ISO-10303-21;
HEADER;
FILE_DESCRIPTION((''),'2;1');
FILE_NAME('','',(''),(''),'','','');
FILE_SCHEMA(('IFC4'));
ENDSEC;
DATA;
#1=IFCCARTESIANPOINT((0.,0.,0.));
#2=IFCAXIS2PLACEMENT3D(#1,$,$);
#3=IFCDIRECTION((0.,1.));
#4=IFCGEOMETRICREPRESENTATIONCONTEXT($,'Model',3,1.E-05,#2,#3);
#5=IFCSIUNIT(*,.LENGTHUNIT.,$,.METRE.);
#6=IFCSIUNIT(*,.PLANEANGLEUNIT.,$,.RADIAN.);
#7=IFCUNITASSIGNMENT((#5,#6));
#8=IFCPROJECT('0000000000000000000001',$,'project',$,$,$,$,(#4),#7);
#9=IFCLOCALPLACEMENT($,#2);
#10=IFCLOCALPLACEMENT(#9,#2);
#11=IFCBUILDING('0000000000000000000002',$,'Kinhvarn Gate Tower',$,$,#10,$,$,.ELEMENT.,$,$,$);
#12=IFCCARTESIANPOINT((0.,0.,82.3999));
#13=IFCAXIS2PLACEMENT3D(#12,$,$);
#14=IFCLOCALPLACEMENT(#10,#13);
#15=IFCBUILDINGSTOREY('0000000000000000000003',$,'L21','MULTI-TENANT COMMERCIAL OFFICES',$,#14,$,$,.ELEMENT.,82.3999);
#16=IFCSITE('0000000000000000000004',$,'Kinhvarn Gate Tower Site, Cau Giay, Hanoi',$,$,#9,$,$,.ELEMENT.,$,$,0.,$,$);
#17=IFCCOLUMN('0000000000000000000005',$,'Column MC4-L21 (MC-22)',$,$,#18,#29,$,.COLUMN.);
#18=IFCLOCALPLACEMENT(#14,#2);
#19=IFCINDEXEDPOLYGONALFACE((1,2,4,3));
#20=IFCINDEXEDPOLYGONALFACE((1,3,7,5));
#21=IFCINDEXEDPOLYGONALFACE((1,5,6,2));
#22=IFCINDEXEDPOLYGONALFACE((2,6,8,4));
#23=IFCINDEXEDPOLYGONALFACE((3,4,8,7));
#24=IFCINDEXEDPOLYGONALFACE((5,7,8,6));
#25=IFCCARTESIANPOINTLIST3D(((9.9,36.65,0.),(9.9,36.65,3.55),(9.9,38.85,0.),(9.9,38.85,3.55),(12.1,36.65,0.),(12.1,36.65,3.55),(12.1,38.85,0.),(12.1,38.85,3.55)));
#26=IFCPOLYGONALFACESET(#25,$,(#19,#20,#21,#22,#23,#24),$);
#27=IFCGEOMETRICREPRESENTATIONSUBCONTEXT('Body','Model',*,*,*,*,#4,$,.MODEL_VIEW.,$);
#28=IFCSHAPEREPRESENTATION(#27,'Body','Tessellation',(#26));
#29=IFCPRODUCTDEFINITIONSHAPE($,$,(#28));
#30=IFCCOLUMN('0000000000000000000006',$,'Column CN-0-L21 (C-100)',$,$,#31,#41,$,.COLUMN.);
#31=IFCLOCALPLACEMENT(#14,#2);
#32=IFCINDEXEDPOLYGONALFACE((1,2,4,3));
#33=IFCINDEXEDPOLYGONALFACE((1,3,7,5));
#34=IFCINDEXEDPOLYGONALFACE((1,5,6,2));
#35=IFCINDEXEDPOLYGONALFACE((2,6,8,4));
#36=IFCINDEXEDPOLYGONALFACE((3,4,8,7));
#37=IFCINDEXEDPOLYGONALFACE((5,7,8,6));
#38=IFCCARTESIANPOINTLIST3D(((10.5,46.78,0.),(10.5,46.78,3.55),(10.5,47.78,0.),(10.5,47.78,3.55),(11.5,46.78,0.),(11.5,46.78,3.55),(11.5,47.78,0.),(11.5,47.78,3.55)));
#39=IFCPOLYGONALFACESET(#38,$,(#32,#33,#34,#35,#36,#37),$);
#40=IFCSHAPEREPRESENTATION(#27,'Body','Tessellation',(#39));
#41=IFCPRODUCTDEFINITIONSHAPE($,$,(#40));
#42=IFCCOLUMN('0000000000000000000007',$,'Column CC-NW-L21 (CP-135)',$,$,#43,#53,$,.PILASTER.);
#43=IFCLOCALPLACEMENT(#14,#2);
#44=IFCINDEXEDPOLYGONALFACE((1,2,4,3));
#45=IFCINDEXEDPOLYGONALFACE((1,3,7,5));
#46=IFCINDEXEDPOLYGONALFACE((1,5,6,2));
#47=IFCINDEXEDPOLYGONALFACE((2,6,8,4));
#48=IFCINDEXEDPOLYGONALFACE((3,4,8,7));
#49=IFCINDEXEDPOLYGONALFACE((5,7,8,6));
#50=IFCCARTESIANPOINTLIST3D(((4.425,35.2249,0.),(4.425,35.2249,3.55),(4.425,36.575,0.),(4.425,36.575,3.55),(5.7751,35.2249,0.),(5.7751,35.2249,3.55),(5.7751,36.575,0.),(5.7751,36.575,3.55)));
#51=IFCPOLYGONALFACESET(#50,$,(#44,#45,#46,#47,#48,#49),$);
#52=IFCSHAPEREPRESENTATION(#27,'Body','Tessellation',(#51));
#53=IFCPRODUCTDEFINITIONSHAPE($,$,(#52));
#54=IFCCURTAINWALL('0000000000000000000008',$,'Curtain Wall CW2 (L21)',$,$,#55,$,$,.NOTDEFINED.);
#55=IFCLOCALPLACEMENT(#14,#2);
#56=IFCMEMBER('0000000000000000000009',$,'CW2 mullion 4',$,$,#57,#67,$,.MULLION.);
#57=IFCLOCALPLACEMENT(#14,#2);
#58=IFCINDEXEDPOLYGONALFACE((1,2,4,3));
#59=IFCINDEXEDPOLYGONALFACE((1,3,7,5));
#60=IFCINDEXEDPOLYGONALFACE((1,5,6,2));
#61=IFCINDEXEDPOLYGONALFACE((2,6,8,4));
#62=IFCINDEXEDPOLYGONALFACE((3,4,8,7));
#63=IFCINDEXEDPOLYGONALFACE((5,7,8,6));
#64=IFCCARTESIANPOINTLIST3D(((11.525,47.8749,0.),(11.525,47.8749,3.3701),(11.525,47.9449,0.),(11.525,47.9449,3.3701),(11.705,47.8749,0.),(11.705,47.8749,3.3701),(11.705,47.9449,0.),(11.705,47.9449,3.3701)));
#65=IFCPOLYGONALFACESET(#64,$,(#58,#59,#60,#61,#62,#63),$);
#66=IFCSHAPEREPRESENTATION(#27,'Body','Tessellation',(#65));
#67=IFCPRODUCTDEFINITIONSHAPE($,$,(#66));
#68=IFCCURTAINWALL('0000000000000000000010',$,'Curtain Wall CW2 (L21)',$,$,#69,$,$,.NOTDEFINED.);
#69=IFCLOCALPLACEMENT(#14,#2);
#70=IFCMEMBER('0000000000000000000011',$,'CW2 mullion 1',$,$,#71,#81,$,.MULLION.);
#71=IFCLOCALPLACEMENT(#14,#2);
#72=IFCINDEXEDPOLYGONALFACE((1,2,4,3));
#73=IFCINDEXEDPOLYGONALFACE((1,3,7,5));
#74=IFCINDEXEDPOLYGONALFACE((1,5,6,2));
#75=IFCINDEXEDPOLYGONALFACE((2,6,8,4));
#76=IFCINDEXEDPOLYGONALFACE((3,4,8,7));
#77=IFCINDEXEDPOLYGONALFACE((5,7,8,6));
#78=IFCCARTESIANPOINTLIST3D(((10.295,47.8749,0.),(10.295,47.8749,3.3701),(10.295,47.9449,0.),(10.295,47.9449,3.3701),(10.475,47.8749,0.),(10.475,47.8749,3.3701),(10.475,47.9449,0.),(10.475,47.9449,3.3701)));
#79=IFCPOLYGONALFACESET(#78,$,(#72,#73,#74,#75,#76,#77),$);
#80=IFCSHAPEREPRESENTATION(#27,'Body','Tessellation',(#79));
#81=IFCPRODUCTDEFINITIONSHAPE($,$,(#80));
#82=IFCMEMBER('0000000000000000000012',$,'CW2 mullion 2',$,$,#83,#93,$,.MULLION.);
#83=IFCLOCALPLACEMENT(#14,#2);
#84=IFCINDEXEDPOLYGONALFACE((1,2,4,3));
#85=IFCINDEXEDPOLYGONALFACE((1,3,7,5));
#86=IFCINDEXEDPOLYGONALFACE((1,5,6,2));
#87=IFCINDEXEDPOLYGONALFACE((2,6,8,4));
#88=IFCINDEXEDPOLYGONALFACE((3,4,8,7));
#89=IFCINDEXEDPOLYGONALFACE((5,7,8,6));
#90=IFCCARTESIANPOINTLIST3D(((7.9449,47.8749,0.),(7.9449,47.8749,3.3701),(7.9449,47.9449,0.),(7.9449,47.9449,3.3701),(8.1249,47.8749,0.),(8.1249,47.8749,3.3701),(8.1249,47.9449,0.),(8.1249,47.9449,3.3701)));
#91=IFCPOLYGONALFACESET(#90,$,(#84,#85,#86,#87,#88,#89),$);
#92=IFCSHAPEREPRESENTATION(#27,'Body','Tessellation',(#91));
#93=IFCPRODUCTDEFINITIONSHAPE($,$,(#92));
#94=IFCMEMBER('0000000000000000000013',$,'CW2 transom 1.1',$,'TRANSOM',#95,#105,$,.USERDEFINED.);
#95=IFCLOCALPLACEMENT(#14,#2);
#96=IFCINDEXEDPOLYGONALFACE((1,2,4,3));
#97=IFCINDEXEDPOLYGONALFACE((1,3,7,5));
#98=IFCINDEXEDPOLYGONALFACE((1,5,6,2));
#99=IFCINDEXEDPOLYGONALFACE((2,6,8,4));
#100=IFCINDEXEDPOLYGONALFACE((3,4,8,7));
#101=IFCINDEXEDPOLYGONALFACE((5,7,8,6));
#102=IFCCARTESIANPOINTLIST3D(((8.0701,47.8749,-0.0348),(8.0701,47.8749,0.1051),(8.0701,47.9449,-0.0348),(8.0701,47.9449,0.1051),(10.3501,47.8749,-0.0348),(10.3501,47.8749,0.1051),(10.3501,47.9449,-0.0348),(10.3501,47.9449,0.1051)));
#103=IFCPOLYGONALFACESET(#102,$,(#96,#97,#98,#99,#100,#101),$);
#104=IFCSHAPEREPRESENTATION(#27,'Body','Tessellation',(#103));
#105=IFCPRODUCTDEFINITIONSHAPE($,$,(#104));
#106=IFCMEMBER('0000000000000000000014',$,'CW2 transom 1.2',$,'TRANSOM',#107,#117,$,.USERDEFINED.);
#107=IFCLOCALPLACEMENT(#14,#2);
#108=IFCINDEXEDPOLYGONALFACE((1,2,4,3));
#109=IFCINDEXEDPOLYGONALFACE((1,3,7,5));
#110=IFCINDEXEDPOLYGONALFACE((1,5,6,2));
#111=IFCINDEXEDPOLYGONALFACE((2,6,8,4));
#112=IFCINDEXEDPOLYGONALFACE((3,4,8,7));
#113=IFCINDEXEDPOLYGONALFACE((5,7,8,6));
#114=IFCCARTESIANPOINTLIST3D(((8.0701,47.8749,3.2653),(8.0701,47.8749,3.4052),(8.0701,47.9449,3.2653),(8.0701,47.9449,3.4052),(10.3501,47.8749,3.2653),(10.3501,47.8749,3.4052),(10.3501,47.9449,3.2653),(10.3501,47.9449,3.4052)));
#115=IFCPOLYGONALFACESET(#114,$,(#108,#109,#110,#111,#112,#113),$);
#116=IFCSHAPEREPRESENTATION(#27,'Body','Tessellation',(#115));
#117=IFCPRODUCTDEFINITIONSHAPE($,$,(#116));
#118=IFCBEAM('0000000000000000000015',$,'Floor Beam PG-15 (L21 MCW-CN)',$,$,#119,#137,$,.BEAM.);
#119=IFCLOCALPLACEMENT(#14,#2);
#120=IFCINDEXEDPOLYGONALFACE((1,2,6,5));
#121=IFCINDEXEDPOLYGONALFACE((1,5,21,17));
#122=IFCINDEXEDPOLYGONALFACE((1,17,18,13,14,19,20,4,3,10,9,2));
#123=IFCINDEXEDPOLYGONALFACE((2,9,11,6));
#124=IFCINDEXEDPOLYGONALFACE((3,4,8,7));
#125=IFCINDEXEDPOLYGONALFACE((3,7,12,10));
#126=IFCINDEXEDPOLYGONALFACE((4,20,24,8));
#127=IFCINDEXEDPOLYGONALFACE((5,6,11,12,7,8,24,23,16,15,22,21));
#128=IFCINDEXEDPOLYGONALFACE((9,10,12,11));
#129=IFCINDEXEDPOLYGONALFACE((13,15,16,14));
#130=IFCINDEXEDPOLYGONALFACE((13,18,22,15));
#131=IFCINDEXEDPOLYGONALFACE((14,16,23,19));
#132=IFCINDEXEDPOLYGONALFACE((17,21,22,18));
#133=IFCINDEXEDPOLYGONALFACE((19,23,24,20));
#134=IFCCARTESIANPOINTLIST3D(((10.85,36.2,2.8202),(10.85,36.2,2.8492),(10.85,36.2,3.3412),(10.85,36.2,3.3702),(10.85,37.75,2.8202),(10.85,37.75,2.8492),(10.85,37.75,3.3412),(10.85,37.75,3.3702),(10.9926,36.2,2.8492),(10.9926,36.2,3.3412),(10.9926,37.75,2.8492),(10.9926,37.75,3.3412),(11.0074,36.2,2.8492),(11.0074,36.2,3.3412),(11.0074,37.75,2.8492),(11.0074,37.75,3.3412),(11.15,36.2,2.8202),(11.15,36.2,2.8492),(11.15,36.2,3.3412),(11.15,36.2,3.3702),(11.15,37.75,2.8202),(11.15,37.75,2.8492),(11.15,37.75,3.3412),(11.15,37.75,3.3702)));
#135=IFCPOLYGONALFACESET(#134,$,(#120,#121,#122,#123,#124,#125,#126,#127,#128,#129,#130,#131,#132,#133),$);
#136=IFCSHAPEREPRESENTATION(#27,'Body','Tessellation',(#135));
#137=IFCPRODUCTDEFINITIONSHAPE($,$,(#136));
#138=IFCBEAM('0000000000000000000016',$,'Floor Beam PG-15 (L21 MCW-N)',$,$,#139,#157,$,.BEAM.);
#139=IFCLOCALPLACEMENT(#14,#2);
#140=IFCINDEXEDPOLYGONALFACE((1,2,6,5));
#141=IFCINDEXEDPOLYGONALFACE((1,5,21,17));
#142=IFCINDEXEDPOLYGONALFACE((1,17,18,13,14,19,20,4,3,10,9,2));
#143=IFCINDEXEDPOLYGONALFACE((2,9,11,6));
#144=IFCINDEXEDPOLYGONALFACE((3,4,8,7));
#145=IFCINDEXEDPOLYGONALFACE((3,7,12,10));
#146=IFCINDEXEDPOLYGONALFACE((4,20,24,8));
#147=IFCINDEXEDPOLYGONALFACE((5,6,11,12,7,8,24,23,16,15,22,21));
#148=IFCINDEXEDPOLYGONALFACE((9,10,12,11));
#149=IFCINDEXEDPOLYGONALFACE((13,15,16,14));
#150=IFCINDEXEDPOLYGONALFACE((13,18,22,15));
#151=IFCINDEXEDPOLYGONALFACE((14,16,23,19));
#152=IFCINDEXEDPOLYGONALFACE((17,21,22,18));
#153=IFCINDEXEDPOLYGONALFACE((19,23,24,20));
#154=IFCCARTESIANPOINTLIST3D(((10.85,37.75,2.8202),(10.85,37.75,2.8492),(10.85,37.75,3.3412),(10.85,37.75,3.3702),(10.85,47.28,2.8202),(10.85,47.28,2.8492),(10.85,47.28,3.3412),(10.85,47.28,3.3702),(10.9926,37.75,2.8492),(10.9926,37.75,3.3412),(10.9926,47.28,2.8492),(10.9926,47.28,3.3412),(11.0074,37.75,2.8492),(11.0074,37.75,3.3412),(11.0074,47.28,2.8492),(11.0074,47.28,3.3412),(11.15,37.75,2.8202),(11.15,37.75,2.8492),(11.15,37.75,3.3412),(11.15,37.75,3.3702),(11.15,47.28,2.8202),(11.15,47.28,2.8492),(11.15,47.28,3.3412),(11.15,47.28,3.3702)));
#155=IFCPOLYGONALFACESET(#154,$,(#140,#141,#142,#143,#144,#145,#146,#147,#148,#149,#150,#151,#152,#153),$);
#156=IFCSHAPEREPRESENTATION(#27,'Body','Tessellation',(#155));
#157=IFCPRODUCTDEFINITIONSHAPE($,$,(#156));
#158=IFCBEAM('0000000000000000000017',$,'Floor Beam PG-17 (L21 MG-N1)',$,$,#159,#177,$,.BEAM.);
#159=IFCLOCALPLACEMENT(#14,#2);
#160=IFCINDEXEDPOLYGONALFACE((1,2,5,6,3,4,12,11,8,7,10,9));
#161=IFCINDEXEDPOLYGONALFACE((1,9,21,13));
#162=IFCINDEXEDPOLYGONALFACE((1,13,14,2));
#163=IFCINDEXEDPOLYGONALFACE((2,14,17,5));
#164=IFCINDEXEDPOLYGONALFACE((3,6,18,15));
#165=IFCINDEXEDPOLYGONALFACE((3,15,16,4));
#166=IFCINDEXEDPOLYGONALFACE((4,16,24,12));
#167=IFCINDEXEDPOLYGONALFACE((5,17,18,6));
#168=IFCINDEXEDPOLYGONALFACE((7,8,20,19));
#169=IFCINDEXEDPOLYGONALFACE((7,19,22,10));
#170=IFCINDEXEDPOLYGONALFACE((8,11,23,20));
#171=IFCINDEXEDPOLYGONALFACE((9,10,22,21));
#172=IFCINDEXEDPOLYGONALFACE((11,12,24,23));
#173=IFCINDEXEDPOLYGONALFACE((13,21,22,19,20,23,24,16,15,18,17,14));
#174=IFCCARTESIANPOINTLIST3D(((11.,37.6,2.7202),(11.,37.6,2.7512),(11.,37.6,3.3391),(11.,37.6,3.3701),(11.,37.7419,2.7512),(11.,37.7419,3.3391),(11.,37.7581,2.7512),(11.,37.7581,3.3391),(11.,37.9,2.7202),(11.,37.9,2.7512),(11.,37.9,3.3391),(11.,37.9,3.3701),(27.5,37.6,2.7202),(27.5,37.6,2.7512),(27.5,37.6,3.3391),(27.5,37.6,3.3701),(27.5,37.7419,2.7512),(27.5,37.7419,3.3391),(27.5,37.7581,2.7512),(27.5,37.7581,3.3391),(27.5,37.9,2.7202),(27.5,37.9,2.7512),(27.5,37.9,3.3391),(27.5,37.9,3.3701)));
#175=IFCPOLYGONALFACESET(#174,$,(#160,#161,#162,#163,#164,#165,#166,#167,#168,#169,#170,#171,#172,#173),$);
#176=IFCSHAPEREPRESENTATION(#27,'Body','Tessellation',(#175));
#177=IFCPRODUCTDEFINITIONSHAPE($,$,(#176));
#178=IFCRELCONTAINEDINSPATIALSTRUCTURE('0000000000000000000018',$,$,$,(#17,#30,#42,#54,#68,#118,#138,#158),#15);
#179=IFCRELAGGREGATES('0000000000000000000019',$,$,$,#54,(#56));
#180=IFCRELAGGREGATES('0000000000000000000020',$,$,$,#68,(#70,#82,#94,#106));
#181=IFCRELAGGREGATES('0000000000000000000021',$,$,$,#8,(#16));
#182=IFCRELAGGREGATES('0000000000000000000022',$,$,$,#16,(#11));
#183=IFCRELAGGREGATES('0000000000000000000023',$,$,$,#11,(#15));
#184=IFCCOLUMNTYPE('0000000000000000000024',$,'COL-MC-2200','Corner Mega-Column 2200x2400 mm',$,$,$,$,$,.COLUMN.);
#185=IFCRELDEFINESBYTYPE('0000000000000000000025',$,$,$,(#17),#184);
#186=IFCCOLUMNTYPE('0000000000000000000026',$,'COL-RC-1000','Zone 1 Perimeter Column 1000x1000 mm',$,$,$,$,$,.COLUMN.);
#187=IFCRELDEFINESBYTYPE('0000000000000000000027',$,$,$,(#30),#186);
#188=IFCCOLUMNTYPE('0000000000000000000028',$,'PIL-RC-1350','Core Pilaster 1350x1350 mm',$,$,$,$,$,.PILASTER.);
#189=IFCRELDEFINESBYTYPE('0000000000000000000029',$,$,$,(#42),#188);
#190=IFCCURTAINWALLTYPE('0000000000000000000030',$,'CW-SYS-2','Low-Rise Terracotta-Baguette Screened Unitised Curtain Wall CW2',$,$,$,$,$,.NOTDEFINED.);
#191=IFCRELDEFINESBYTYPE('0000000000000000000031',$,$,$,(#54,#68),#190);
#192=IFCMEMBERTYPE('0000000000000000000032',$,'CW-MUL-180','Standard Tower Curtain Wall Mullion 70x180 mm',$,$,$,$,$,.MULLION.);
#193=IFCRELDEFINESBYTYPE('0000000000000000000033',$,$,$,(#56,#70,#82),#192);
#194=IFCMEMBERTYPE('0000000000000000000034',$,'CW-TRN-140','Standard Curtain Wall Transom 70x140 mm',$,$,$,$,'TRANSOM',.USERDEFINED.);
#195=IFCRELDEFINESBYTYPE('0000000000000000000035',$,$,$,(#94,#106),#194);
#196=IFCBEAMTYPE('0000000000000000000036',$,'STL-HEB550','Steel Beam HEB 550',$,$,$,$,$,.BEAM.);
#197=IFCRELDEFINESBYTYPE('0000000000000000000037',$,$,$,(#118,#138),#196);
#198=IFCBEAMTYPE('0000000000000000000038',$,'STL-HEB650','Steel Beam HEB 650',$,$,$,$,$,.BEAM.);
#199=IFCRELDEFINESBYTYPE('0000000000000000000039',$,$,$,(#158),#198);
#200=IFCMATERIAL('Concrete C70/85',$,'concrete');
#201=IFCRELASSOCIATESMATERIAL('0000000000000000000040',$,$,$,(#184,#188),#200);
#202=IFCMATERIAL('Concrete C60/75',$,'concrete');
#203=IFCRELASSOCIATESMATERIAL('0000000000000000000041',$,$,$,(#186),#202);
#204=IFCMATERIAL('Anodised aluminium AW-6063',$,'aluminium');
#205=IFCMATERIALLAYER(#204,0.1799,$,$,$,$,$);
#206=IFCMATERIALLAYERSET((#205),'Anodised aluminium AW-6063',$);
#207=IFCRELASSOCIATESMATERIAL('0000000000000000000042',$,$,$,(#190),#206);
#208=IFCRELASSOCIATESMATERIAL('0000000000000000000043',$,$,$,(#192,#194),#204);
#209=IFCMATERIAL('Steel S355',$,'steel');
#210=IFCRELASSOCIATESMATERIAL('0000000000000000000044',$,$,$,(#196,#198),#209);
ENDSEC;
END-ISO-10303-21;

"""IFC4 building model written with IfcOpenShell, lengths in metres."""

from ifc_helpers import new_model, si_unit, direction, frame, origin, origin_2d, place, context, subcontext, project, spatial, rectangle, i_section, extrude, material, layer, layer_set, material_profile, profile_set, type_object, element, aggregate, save


model = new_model("IFC4")

# Units and contexts
model_context = context("Model", 3, precision=1e-05, world=origin(), true_north=direction((0.0, 1.0)))
body_context = subcontext(model_context, "Body", "Model", "MODEL_VIEW")
ifc_project = project(units=[si_unit("LENGTHUNIT", "METRE"), si_unit("PLANEANGLEUNIT", "RADIAN")], contexts=[model_context])

# Site, building, storey
site_placement = place(None, origin())
site = spatial("IfcSite", under=ifc_project, at=site_placement, Name="Kinhvarn Gate Tower Site, Cau Giay, Hanoi", CompositionType="ELEMENT", RefElevation=0.0)
building_placement = place(site_placement, origin())
building = spatial("IfcBuilding", under=site, at=building_placement, Name="Kinhvarn Gate Tower", CompositionType="ELEMENT")
storey_placement = place(building_placement, frame((0.0, 0.0, 82.3999)))
storey = spatial("IfcBuildingStorey", under=building, at=storey_placement, Name="L21", Description="MULTI-TENANT COMMERCIAL OFFICES", CompositionType="ELEMENT", Elevation=82.3999)

# Columns
ifc_material_1 = material(Name="Concrete C70/85", Category="concrete")
ifc_material_profile_1 = material_profile(ifc_material_1, rectangle(XDim=2.2, YDim=2.2, at=origin_2d()), Name="RC 2200x2200")
ifc_profile_set_1 = profile_set([ifc_material_profile_1], Name="Concrete C70/85")
column_type_1 = type_object("IfcColumnType", Name="COL-MC-2200", Description="Corner Mega-Column 2200x2400 mm", PredefinedType="COLUMN", material=ifc_profile_set_1)
column_1_placement = place(storey_placement, frame((11.0, 37.75, 0.0), z_axis=(0.0, 0.0, 1.0), x_axis=(1.0, 0.0, 0.0)))
element("IfcColumn", 1, at=column_1_placement, inside=storey, type_object=column_type_1, Name="Column MC4-L21 (MC-22)", PredefinedType="COLUMN", context=body_context, shape_type="SweptSolid", body=[
    extrude(rectangle(XDim=2.2, YDim=2.2, at=origin_2d()), origin(), (0.0, 0.0, 1.0), 3.55),
])
ifc_material_2 = material(Name="Concrete C60/75", Category="concrete")
ifc_material_profile_2 = material_profile(ifc_material_2, rectangle(XDim=1.0, YDim=1.0, at=origin_2d()), Name="RC 1000x1000")
ifc_profile_set_2 = profile_set([ifc_material_profile_2], Name="Concrete C60/75")
column_type_2 = type_object("IfcColumnType", Name="COL-RC-1000", Description="Zone 1 Perimeter Column 1000x1000 mm", PredefinedType="COLUMN", material=ifc_profile_set_2)
column_2_placement = place(storey_placement, frame((11.0, 47.28, 0.0), z_axis=(0.0, 0.0, 1.0), x_axis=(1.0, 0.0, 0.0)))
element("IfcColumn", 2, at=column_2_placement, inside=storey, type_object=column_type_2, Name="Column CN-0-L21 (C-100)", PredefinedType="COLUMN", context=body_context, shape_type="SweptSolid", body=[
    extrude(rectangle(XDim=1.0, YDim=1.0, at=origin_2d()), origin(), (0.0, 0.0, 1.0), 3.55),
])
ifc_material_profile_3 = material_profile(ifc_material_1, rectangle(XDim=1.3501, YDim=1.3501, at=origin_2d()), Name="RC 1350x1350")
ifc_profile_set_3 = profile_set([ifc_material_profile_3], Name="Concrete C70/85")
column_type_3 = type_object("IfcColumnType", Name="PIL-RC-1350", Description="Core Pilaster 1350x1350 mm", PredefinedType="PILASTER", material=ifc_profile_set_3)
column_3_placement = place(storey_placement, frame((5.1001, 35.8999, 0.0), z_axis=(0.0, 0.0, 1.0), x_axis=(1.0, 0.0, 0.0)))
element("IfcColumn", 3, at=column_3_placement, inside=storey, type_object=column_type_3, Name="Column CC-NW-L21 (CP-135)", PredefinedType="PILASTER", context=body_context, shape_type="SweptSolid", body=[
    extrude(rectangle(XDim=1.3501, YDim=1.3501, at=origin_2d()), origin(), (0.0, 0.0, 1.0), 3.55),
])

# Curtain wall, member
ifc_material_3 = material(Name="Anodised aluminium AW-6063", Category="aluminium")
ifc_layer_1 = layer(ifc_material_3, 0.1799)
ifc_layer_set_1 = layer_set([ifc_layer_1], Name="Anodised aluminium AW-6063")
curtain_wall_type = type_object("IfcCurtainWallType", Name="CW-SYS-2", Description="Low-Rise Terracotta-Baguette Screened Unitised Curtain Wall CW2", PredefinedType="NOTDEFINED", material=ifc_layer_set_1)
curtain_wall_1_placement = place(storey_placement, origin())
curtain_wall_1 = element("IfcCurtainWall", 4, at=curtain_wall_1_placement, inside=storey, type_object=curtain_wall_type, Name="Curtain Wall CW2 (L21)", PredefinedType="NOTDEFINED")
ifc_material_profile_4 = material_profile(ifc_material_3, rectangle(XDim=0.0701, YDim=0.1799, at=origin_2d()), Name="ALU 70x180")
ifc_profile_set_4 = profile_set([ifc_material_profile_4], Name="Anodised aluminium AW-6063")
member_type_1 = type_object("IfcMemberType", Name="CW-MUL-180", Description="Standard Tower Curtain Wall Mullion 70x180 mm", PredefinedType="MULLION", material=ifc_profile_set_4)
member_1_placement = place(storey_placement, frame((11.615, 47.9099, 0.0), z_axis=(0.0, 0.0, 1.0), x_axis=(0.0, -1.0, 0.0)))
member_1 = element("IfcMember", 5, at=member_1_placement, type_object=member_type_1, Name="CW2 mullion 4", PredefinedType="MULLION", context=body_context, shape_type="SweptSolid", body=[
    extrude(rectangle(XDim=0.0701, YDim=0.1799, at=origin_2d()), origin(), (0.0, 0.0, 1.0), 3.3701),
])
aggregate(curtain_wall_1, [member_1])

# Curtain wall, members
curtain_wall_2_placement = place(storey_placement, origin())
curtain_wall_2 = element("IfcCurtainWall", 6, at=curtain_wall_2_placement, inside=storey, type_object=curtain_wall_type, Name="Curtain Wall CW2 (L21)", PredefinedType="NOTDEFINED")
member_2_placement = place(storey_placement, frame((10.385, 47.9099, 0.0), z_axis=(0.0, 0.0, 1.0), x_axis=(0.0, -1.0, 0.0)))
member_2 = element("IfcMember", 7, at=member_2_placement, type_object=member_type_1, Name="CW2 mullion 1", PredefinedType="MULLION", context=body_context, shape_type="SweptSolid", body=[
    extrude(rectangle(XDim=0.0701, YDim=0.1799, at=origin_2d()), origin(), (0.0, 0.0, 1.0), 3.3701),
])
member_3_placement = place(storey_placement, frame((8.0349, 47.9099, 0.0), z_axis=(0.0, 0.0, 1.0), x_axis=(0.0, -1.0, 0.0)))
member_3 = element("IfcMember", 8, at=member_3_placement, type_object=member_type_1, Name="CW2 mullion 2", PredefinedType="MULLION", context=body_context, shape_type="SweptSolid", body=[
    extrude(rectangle(XDim=0.0701, YDim=0.1799, at=origin_2d()), origin(), (0.0, 0.0, 1.0), 3.3701),
])
ifc_material_profile_5 = material_profile(ifc_material_3, rectangle(XDim=0.0701, YDim=0.1399, at=origin_2d()), Name="ALU 70x140")
ifc_profile_set_5 = profile_set([ifc_material_profile_5], Name="Anodised aluminium AW-6063")
member_type_2 = type_object("IfcMemberType", Name="CW-TRN-140", Description="Standard Curtain Wall Transom 70x140 mm", ElementType="TRANSOM", PredefinedType="USERDEFINED", material=ifc_profile_set_5)
member_4_placement = place(storey_placement, frame((10.3501, 47.9099, 0.0352), z_axis=(-1.0, 0.0, 0.0), x_axis=(0.0, -1.0, 0.0)))
member_4 = element("IfcMember", 9, at=member_4_placement, type_object=member_type_2, Name="CW2 transom 1.1", ObjectType="TRANSOM", PredefinedType="USERDEFINED", context=body_context, shape_type="SweptSolid", body=[
    extrude(rectangle(XDim=0.0701, YDim=0.1399, at=origin_2d()), origin(), (0.0, 0.0, 1.0), 2.28),
])
member_5_placement = place(storey_placement, frame((10.3501, 47.9099, 3.3352), z_axis=(-1.0, 0.0, 0.0), x_axis=(0.0, -1.0, 0.0)))
member_5 = element("IfcMember", 10, at=member_5_placement, type_object=member_type_2, Name="CW2 transom 1.2", ObjectType="TRANSOM", PredefinedType="USERDEFINED", context=body_context, shape_type="SweptSolid", body=[
    extrude(rectangle(XDim=0.0701, YDim=0.1399, at=origin_2d()), origin(), (0.0, 0.0, 1.0), 2.28),
])

# Beams
ifc_material_4 = material(Name="Steel S355", Category="steel")
ifc_material_profile_6 = material_profile(ifc_material_4, i_section(OverallWidth=0.3, OverallDepth=0.55, WebThickness=0.0149, FlangeThickness=0.0291, at=origin_2d()), Name="HEB 550")
ifc_profile_set_6 = profile_set([ifc_material_profile_6], Name="Steel S355")
beam_type_1 = type_object("IfcBeamType", Name="STL-HEB550", Description="Steel Beam HEB 550", PredefinedType="BEAM", material=ifc_profile_set_6)
beam_1_placement = place(storey_placement, frame((11.0, 36.2, 3.0952), z_axis=(0.0, 1.0, 0.0), x_axis=(-1.0, 0.0, 0.0)))
element("IfcBeam", 11, at=beam_1_placement, inside=storey, type_object=beam_type_1, Name="Floor Beam PG-15 (L21 MCW-CN)", PredefinedType="BEAM", context=body_context, shape_type="SweptSolid", body=[
    extrude(i_section(OverallWidth=0.3, OverallDepth=0.55, WebThickness=0.0149, FlangeThickness=0.0291, at=origin_2d()), origin(), (0.0, 0.0, 1.0), 1.55),
])
beam_2_placement = place(storey_placement, frame((11.0, 37.75, 3.0952), z_axis=(0.0, 1.0, 0.0), x_axis=(-1.0, 0.0, 0.0)))
element("IfcBeam", 12, at=beam_2_placement, inside=storey, type_object=beam_type_1, Name="Floor Beam PG-15 (L21 MCW-N)", PredefinedType="BEAM", context=body_context, shape_type="SweptSolid", body=[
    extrude(i_section(OverallWidth=0.3, OverallDepth=0.55, WebThickness=0.0149, FlangeThickness=0.0291, at=origin_2d()), origin(), (0.0, 0.0, 1.0), 9.53),
])
ifc_material_profile_7 = material_profile(ifc_material_4, i_section(OverallWidth=0.3, OverallDepth=0.6499, WebThickness=0.0161, FlangeThickness=0.031, at=origin_2d()), Name="HEB 650")
ifc_profile_set_7 = profile_set([ifc_material_profile_7], Name="Steel S355")
beam_type_2 = type_object("IfcBeamType", Name="STL-HEB650", Description="Steel Beam HEB 650", PredefinedType="BEAM", material=ifc_profile_set_7)
beam_3_placement = place(storey_placement, frame((11.0, 37.75, 3.0452), z_axis=(1.0, 0.0, 0.0), x_axis=(0.0, 1.0, 0.0)))
element("IfcBeam", 13, at=beam_3_placement, inside=storey, type_object=beam_type_2, Name="Floor Beam PG-17 (L21 MG-N1)", PredefinedType="BEAM", context=body_context, shape_type="SweptSolid", body=[
    extrude(i_section(OverallWidth=0.3, OverallDepth=0.6499, WebThickness=0.0161, FlangeThickness=0.031, at=origin_2d()), origin(), (0.0, 0.0, 1.0), 16.5),
])

aggregate(curtain_wall_2, [member_2, member_3, member_4, member_5])

save(model, "model.ifc")
